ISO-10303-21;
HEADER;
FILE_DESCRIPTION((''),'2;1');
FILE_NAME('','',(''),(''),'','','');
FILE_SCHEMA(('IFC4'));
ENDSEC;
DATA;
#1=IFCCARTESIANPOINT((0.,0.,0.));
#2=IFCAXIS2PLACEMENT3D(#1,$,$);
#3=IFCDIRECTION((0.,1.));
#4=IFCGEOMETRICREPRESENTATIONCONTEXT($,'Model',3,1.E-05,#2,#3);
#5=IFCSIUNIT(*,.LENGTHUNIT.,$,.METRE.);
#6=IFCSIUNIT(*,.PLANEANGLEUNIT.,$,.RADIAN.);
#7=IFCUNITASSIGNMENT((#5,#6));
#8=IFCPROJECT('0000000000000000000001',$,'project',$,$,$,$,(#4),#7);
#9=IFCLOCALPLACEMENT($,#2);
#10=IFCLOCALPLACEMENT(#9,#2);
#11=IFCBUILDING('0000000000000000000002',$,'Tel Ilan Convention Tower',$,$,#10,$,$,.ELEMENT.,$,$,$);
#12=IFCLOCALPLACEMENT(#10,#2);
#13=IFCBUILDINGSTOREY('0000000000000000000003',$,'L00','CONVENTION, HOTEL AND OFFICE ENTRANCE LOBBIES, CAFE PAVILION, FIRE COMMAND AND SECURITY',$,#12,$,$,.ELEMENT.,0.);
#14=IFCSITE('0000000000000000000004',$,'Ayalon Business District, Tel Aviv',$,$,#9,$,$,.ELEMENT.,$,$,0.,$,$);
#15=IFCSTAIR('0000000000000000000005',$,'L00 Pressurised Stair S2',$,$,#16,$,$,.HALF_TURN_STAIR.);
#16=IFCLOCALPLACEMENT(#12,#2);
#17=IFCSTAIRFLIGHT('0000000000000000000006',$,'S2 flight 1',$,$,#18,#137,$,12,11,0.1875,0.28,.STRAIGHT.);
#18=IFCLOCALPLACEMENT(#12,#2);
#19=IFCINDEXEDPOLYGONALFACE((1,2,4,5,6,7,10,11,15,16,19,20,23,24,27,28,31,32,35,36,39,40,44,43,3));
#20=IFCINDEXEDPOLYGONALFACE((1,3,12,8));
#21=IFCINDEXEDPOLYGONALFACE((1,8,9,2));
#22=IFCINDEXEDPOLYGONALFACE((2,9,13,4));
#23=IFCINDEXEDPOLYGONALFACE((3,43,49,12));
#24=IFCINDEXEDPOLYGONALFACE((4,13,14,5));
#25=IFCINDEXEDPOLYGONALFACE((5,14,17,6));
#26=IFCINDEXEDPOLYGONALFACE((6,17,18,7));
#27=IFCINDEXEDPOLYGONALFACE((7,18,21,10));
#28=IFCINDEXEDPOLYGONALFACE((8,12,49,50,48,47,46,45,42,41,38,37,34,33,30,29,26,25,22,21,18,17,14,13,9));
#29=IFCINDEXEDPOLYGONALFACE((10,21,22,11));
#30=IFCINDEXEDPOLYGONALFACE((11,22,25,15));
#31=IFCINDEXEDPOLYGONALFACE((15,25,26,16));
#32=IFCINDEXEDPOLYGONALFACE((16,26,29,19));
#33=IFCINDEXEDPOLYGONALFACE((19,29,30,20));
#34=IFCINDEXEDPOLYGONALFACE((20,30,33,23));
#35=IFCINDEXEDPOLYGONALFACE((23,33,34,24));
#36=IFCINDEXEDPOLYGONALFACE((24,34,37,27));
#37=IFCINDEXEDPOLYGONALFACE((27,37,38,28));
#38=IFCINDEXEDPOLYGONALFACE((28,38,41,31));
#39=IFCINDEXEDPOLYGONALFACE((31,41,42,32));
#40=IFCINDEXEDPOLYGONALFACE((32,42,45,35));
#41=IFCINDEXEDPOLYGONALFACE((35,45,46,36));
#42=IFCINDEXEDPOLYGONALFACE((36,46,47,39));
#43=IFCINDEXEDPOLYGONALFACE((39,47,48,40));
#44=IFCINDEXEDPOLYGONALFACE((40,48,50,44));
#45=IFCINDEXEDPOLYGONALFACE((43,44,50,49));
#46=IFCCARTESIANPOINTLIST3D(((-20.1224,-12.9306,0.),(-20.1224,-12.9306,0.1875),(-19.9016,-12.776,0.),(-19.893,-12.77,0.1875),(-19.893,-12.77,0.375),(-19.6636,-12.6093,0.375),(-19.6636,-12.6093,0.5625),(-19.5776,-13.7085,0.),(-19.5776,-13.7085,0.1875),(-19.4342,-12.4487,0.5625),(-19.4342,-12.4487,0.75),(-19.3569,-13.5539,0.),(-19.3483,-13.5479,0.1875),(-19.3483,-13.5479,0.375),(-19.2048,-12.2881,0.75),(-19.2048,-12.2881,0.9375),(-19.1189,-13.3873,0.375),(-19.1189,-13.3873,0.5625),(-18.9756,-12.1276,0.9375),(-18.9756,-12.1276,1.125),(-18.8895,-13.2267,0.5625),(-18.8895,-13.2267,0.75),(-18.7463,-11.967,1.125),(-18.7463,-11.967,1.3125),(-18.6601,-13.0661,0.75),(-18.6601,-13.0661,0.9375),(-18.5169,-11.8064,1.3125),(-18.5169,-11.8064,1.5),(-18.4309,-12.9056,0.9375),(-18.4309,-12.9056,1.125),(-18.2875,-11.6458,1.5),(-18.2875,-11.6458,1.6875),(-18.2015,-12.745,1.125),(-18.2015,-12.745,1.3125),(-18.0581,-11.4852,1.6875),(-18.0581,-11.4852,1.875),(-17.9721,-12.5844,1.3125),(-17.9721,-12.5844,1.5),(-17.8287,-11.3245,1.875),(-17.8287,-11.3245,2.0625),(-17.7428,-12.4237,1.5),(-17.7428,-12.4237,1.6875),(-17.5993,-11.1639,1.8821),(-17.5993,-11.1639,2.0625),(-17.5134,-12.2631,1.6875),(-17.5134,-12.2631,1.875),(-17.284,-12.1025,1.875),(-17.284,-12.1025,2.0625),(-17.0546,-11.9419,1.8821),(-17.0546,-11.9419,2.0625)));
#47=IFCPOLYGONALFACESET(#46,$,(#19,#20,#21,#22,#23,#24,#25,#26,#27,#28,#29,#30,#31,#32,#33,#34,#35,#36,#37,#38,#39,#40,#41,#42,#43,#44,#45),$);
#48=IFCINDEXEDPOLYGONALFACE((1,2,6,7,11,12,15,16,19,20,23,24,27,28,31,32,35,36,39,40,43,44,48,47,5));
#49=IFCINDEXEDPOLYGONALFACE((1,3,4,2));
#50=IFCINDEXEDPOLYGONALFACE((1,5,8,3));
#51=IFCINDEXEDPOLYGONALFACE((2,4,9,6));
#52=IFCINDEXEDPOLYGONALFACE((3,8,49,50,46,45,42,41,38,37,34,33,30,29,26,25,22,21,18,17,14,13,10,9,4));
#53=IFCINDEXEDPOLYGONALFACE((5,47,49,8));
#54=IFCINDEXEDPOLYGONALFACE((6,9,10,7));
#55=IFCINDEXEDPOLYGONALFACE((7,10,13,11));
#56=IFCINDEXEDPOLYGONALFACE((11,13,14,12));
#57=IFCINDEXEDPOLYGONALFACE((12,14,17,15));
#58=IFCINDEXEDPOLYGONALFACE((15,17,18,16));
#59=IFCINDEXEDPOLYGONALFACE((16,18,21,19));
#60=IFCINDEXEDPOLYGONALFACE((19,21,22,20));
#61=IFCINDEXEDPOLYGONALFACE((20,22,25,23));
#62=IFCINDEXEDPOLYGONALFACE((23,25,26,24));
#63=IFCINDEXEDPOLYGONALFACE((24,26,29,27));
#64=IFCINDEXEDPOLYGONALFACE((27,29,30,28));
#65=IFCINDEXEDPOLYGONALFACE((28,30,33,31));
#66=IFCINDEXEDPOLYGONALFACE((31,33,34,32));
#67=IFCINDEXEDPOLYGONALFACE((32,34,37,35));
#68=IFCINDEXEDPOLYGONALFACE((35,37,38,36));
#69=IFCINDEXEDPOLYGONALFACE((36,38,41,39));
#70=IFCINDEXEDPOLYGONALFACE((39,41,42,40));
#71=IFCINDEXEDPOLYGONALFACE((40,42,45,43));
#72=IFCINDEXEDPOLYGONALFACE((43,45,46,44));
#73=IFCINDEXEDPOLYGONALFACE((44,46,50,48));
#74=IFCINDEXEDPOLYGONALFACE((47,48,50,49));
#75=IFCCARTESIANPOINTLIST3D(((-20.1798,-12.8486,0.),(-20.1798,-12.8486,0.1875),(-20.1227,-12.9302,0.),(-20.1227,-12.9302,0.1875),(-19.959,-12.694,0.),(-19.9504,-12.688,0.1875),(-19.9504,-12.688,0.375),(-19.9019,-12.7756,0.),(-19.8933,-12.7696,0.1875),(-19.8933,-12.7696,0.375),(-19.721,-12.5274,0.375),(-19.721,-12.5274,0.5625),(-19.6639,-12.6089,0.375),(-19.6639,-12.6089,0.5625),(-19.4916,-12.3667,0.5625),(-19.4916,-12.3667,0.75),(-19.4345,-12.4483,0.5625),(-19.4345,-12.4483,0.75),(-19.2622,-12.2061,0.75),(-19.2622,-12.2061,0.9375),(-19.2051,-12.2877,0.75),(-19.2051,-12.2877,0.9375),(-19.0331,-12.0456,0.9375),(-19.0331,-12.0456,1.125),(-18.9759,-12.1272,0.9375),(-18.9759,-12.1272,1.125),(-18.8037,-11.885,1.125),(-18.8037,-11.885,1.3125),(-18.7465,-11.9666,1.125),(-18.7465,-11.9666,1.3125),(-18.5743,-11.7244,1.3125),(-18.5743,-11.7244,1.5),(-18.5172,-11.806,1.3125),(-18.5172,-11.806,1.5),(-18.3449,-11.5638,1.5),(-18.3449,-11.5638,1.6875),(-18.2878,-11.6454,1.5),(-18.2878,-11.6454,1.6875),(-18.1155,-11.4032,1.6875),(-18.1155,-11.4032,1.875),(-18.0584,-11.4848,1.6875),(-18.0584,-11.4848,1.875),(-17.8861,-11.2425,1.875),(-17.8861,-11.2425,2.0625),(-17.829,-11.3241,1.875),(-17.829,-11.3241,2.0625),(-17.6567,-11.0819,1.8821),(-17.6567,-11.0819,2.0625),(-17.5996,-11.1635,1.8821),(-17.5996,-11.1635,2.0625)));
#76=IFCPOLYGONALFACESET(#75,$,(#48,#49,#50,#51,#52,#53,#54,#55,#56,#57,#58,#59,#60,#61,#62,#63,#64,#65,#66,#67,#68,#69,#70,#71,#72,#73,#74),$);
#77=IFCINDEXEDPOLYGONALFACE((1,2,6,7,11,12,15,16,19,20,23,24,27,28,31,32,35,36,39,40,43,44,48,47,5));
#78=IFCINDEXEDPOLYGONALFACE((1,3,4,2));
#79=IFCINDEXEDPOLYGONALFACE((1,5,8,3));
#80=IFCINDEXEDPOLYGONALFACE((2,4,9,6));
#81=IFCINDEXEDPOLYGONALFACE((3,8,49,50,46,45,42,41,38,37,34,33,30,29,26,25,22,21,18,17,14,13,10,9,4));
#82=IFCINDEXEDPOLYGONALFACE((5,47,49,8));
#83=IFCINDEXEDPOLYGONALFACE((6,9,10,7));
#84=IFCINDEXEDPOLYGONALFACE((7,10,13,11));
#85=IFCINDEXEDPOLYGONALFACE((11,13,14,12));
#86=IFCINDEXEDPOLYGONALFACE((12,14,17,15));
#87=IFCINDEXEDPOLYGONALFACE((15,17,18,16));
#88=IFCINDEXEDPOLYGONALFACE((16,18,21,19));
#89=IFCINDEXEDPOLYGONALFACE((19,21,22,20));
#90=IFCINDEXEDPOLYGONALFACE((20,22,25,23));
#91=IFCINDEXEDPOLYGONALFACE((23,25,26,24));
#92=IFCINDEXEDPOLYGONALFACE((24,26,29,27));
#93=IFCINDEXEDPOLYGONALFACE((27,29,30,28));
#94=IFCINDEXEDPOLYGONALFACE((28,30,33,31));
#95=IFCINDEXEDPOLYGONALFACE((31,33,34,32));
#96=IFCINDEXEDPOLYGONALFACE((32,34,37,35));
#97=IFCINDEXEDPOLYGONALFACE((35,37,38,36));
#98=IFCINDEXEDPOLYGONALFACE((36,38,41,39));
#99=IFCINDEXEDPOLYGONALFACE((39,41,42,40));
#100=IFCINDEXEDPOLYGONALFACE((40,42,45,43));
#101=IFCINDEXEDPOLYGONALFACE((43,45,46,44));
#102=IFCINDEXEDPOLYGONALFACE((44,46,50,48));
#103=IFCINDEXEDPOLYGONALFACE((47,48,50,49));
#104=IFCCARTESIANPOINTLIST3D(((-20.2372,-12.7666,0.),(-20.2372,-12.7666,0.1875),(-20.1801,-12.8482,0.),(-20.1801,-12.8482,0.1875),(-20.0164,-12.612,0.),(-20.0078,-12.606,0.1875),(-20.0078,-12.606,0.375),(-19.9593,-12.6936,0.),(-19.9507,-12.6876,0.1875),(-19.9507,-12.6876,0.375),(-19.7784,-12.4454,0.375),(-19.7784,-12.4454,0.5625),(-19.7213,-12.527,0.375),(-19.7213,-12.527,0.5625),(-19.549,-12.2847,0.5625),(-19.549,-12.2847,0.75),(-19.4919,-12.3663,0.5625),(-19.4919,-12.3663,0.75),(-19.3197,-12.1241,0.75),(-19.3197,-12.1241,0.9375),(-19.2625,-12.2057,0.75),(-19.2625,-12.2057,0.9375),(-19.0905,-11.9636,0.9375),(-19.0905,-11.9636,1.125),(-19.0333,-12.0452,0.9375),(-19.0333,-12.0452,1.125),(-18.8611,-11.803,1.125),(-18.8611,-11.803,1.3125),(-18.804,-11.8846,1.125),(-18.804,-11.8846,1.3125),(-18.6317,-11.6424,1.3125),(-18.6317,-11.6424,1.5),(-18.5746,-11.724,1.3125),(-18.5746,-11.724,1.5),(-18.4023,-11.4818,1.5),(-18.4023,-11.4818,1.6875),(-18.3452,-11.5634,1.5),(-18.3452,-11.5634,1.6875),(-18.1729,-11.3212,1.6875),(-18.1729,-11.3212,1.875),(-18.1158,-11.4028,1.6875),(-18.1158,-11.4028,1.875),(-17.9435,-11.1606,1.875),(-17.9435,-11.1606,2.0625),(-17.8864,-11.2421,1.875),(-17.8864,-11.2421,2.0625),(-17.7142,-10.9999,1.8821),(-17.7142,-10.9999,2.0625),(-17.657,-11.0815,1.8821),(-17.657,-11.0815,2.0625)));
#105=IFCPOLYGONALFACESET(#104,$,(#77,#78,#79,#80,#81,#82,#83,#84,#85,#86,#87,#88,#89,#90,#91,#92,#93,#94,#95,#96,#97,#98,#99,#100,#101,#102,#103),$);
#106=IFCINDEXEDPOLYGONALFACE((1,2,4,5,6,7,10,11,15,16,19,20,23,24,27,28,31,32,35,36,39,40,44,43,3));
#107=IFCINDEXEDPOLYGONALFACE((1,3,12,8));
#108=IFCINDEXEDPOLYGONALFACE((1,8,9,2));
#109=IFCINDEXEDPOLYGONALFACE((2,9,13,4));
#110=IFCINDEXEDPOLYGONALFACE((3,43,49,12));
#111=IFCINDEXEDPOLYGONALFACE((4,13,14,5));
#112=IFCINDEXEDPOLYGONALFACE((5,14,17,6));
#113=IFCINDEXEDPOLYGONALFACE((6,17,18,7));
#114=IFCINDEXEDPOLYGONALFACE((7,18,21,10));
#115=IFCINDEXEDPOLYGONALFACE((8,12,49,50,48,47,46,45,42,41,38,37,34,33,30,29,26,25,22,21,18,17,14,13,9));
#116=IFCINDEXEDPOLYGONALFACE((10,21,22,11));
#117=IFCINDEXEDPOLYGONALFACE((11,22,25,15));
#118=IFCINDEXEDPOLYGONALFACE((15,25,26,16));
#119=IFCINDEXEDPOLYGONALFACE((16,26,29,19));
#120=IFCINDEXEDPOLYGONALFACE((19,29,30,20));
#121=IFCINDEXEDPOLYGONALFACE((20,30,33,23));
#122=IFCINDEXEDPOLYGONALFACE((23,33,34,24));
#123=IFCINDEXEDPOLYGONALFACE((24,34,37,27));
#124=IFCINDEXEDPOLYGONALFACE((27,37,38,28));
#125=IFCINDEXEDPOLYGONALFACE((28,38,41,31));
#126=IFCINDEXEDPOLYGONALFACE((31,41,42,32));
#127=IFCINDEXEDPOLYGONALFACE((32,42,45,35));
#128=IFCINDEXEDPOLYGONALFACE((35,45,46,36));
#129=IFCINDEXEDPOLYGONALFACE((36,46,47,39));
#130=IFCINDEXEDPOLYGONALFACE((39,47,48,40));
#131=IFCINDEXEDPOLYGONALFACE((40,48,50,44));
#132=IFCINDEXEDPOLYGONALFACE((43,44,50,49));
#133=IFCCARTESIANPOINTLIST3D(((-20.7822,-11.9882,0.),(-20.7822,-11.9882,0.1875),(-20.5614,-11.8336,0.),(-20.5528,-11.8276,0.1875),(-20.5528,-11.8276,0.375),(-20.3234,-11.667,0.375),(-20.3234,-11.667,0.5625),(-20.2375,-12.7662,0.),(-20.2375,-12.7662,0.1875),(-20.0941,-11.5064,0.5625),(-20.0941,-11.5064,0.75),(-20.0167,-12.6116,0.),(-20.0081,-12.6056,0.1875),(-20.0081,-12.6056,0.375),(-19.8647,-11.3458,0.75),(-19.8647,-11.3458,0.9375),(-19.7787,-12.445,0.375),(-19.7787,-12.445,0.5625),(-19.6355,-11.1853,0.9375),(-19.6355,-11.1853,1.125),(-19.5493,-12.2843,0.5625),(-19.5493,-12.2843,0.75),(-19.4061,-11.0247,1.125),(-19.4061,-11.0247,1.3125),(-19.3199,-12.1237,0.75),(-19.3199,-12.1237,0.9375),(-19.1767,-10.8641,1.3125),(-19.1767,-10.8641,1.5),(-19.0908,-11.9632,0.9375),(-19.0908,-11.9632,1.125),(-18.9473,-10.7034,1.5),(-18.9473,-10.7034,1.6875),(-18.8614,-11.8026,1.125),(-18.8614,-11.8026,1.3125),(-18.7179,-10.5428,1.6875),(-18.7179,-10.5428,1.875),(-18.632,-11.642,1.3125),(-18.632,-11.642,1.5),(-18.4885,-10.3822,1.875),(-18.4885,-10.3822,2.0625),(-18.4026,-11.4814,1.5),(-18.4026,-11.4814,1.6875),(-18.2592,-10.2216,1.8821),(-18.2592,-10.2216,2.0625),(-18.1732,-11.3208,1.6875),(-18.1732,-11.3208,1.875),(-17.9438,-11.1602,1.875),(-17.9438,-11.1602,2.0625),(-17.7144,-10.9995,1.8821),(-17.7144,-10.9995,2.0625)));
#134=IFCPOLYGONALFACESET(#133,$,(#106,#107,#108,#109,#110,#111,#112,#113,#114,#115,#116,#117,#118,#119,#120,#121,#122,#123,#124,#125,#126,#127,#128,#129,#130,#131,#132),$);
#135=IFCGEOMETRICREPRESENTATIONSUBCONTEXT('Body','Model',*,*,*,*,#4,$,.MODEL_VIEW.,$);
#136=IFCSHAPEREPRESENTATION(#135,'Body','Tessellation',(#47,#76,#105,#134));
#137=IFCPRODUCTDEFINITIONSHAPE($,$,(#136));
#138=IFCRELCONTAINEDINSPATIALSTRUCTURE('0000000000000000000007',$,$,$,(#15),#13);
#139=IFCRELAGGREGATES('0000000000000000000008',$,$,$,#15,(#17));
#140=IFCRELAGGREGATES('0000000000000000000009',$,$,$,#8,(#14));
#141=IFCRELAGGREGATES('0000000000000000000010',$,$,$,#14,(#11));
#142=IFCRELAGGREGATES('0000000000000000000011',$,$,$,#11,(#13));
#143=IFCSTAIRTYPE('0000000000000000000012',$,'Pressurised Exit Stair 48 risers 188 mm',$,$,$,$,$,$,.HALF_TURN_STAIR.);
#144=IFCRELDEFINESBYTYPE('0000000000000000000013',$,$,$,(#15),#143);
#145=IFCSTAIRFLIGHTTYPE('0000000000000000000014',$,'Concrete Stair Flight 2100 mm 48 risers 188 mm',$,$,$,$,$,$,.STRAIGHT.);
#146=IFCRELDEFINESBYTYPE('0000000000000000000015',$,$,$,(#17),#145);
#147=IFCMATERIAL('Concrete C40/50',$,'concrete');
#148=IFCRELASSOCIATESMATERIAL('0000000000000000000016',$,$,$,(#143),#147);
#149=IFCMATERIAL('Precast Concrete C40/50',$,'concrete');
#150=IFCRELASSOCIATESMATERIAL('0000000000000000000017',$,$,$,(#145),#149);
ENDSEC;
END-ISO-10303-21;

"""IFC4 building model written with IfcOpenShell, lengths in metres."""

from ifc_helpers import new_model, si_unit, direction, frame, origin, place, context, subcontext, project, spatial, polyline, outline, extrude, material, type_object, element, aggregate, save


model = new_model("IFC4")

# Units and contexts
model_context = context("Model", 3, precision=1e-05, world=origin(), true_north=direction((0.0, 1.0)))
body_context = subcontext(model_context, "Body", "Model", "MODEL_VIEW")
ifc_project = project(units=[si_unit("LENGTHUNIT", "METRE"), si_unit("PLANEANGLEUNIT", "RADIAN")], contexts=[model_context])

# Site, building, storey
site_placement = place(None, origin())
site = spatial("IfcSite", under=ifc_project, at=site_placement, Name="Ayalon Business District, Tel Aviv", CompositionType="ELEMENT", RefElevation=0.0)
building_placement = place(site_placement, origin())
building = spatial("IfcBuilding", under=site, at=building_placement, Name="Tel Ilan Convention Tower", CompositionType="ELEMENT")
storey_placement = place(building_placement, origin())
storey = spatial("IfcBuildingStorey", under=building, at=storey_placement, Name="L00", Description="CONVENTION, HOTEL AND OFFICE ENTRANCE LOBBIES, CAFE PAVILION, FIRE COMMAND AND SECURITY", CompositionType="ELEMENT", Elevation=0.0)

# Stair, stair flight
ifc_material_1 = material(Name="Concrete C40/50", Category="concrete")
stair_type = type_object("IfcStairType", Name="Pressurised Exit Stair 48 risers 188 mm", PredefinedType="HALF_TURN_STAIR", material=ifc_material_1)
ifc_material_2 = material(Name="Precast Concrete C40/50", Category="concrete")
stair_flight_type = type_object("IfcStairFlightType", Name="Concrete Stair Flight 2100 mm 48 risers 188 mm", PredefinedType="STRAIGHT", material=ifc_material_2)
stair_1_placement = place(storey_placement, origin())
stair_1 = element("IfcStair", 1, at=stair_1_placement, inside=storey, type_object=stair_type, Name="L00 Pressurised Stair S2", PredefinedType="HALF_TURN_STAIR")
stair_flight_1_placement = place(storey_placement, frame((-20.1799, -12.8484, 0.0), z_axis=(0.0, 0.0, 1.0), x_axis=(0.819152, 0.573576, 0.0)))
stair_flight_1 = element("IfcStairFlight", 2, at=stair_flight_1_placement, type_object=stair_flight_type, Name="S2 flight 1", NumberOfRisers=12, NumberOfTreads=11, PredefinedType="STRAIGHT", RiserHeight=0.1875, TreadLength=0.28, context=body_context, shape_type="SweptSolid", body=[
    extrude(outline(polyline([(0.0, 0.0), (0.0, 0.1875), (0.28, 0.1875), (0.28, 0.375), (0.5601, 0.375), (0.5601, 0.5625), (0.8401, 0.5625), (0.8401, 0.75), (1.1201, 0.75), (1.1201, 0.9375), (1.3999, 0.9375), (1.3999, 1.125), (1.6799, 1.125), (1.6799, 1.3125), (1.96, 1.3125), (1.96, 1.5), (2.24, 1.5), (2.24, 1.6875), (2.52, 1.6875), (2.52, 1.875), (2.8, 1.875), (2.8, 2.0625), (3.0801, 2.0625), (3.0801, 2.25), (3.0801, 1.8821), (0.2695, 0.0), (0.0, 0.0)])), frame((0.0, -0.1003, 0.0), z_axis=(0.0, -1.0, 0.0), x_axis=(1.0, 0.0, 0.0)), (0.0, 0.0, 1.0), 0.9497),
    extrude(outline(polyline([(0.0, 0.0), (0.0, 0.1875), (0.28, 0.1875), (0.28, 0.375), (0.5601, 0.375), (0.5601, 0.5625), (0.8401, 0.5625), (0.8401, 0.75), (1.1201, 0.75), (1.1201, 0.9375), (1.3999, 0.9375), (1.3999, 1.125), (1.6799, 1.125), (1.6799, 1.3125), (1.96, 1.3125), (1.96, 1.5), (2.24, 1.5), (2.24, 1.6875), (2.52, 1.6875), (2.52, 1.875), (2.8, 1.875), (2.8, 2.0625), (3.0801, 2.0625), (3.0801, 2.25), (3.0801, 1.8821), (0.2695, 0.0), (0.0, 0.0)])), frame((0.0, -0.0002, 0.0), z_axis=(0.0, -1.0, 0.0), x_axis=(1.0, 0.0, 0.0)), (0.0, 0.0, 1.0), 0.0996),
    extrude(outline(polyline([(0.0, 0.0), (0.0, 0.1875), (0.28, 0.1875), (0.28, 0.375), (0.5601, 0.375), (0.5601, 0.5625), (0.8401, 0.5625), (0.8401, 0.75), (1.1201, 0.75), (1.1201, 0.9375), (1.3999, 0.9375), (1.3999, 1.125), (1.6799, 1.125), (1.6799, 1.3125), (1.96, 1.3125), (1.96, 1.5), (2.24, 1.5), (2.24, 1.6875), (2.52, 1.6875), (2.52, 1.875), (2.8, 1.875), (2.8, 2.0625), (3.0801, 2.0625), (3.0801, 2.25), (3.0801, 1.8821), (0.2695, 0.0), (0.0, 0.0)])), frame((0.0, 0.0999, 0.0), z_axis=(0.0, -1.0, 0.0), x_axis=(1.0, 0.0, 0.0)), (0.0, 0.0, 1.0), 0.0996),
    extrude(outline(polyline([(0.0, 0.0), (0.0, 0.1875), (0.28, 0.1875), (0.28, 0.375), (0.5601, 0.375), (0.5601, 0.5625), (0.8401, 0.5625), (0.8401, 0.75), (1.1201, 0.75), (1.1201, 0.9375), (1.3999, 0.9375), (1.3999, 1.125), (1.6799, 1.125), (1.6799, 1.3125), (1.96, 1.3125), (1.96, 1.5), (2.24, 1.5), (2.24, 1.6875), (2.52, 1.6875), (2.52, 1.875), (2.8, 1.875), (2.8, 2.0625), (3.0801, 2.0625), (3.0801, 2.25), (3.0801, 1.8821), (0.2695, 0.0), (0.0, 0.0)])), frame((0.0, 1.05, 0.0), z_axis=(0.0, -1.0, 0.0), x_axis=(1.0, 0.0, 0.0)), (0.0, 0.0, 1.0), 0.9497),
])
aggregate(stair_1, [stair_flight_1])

save(model, "model.ifc")
